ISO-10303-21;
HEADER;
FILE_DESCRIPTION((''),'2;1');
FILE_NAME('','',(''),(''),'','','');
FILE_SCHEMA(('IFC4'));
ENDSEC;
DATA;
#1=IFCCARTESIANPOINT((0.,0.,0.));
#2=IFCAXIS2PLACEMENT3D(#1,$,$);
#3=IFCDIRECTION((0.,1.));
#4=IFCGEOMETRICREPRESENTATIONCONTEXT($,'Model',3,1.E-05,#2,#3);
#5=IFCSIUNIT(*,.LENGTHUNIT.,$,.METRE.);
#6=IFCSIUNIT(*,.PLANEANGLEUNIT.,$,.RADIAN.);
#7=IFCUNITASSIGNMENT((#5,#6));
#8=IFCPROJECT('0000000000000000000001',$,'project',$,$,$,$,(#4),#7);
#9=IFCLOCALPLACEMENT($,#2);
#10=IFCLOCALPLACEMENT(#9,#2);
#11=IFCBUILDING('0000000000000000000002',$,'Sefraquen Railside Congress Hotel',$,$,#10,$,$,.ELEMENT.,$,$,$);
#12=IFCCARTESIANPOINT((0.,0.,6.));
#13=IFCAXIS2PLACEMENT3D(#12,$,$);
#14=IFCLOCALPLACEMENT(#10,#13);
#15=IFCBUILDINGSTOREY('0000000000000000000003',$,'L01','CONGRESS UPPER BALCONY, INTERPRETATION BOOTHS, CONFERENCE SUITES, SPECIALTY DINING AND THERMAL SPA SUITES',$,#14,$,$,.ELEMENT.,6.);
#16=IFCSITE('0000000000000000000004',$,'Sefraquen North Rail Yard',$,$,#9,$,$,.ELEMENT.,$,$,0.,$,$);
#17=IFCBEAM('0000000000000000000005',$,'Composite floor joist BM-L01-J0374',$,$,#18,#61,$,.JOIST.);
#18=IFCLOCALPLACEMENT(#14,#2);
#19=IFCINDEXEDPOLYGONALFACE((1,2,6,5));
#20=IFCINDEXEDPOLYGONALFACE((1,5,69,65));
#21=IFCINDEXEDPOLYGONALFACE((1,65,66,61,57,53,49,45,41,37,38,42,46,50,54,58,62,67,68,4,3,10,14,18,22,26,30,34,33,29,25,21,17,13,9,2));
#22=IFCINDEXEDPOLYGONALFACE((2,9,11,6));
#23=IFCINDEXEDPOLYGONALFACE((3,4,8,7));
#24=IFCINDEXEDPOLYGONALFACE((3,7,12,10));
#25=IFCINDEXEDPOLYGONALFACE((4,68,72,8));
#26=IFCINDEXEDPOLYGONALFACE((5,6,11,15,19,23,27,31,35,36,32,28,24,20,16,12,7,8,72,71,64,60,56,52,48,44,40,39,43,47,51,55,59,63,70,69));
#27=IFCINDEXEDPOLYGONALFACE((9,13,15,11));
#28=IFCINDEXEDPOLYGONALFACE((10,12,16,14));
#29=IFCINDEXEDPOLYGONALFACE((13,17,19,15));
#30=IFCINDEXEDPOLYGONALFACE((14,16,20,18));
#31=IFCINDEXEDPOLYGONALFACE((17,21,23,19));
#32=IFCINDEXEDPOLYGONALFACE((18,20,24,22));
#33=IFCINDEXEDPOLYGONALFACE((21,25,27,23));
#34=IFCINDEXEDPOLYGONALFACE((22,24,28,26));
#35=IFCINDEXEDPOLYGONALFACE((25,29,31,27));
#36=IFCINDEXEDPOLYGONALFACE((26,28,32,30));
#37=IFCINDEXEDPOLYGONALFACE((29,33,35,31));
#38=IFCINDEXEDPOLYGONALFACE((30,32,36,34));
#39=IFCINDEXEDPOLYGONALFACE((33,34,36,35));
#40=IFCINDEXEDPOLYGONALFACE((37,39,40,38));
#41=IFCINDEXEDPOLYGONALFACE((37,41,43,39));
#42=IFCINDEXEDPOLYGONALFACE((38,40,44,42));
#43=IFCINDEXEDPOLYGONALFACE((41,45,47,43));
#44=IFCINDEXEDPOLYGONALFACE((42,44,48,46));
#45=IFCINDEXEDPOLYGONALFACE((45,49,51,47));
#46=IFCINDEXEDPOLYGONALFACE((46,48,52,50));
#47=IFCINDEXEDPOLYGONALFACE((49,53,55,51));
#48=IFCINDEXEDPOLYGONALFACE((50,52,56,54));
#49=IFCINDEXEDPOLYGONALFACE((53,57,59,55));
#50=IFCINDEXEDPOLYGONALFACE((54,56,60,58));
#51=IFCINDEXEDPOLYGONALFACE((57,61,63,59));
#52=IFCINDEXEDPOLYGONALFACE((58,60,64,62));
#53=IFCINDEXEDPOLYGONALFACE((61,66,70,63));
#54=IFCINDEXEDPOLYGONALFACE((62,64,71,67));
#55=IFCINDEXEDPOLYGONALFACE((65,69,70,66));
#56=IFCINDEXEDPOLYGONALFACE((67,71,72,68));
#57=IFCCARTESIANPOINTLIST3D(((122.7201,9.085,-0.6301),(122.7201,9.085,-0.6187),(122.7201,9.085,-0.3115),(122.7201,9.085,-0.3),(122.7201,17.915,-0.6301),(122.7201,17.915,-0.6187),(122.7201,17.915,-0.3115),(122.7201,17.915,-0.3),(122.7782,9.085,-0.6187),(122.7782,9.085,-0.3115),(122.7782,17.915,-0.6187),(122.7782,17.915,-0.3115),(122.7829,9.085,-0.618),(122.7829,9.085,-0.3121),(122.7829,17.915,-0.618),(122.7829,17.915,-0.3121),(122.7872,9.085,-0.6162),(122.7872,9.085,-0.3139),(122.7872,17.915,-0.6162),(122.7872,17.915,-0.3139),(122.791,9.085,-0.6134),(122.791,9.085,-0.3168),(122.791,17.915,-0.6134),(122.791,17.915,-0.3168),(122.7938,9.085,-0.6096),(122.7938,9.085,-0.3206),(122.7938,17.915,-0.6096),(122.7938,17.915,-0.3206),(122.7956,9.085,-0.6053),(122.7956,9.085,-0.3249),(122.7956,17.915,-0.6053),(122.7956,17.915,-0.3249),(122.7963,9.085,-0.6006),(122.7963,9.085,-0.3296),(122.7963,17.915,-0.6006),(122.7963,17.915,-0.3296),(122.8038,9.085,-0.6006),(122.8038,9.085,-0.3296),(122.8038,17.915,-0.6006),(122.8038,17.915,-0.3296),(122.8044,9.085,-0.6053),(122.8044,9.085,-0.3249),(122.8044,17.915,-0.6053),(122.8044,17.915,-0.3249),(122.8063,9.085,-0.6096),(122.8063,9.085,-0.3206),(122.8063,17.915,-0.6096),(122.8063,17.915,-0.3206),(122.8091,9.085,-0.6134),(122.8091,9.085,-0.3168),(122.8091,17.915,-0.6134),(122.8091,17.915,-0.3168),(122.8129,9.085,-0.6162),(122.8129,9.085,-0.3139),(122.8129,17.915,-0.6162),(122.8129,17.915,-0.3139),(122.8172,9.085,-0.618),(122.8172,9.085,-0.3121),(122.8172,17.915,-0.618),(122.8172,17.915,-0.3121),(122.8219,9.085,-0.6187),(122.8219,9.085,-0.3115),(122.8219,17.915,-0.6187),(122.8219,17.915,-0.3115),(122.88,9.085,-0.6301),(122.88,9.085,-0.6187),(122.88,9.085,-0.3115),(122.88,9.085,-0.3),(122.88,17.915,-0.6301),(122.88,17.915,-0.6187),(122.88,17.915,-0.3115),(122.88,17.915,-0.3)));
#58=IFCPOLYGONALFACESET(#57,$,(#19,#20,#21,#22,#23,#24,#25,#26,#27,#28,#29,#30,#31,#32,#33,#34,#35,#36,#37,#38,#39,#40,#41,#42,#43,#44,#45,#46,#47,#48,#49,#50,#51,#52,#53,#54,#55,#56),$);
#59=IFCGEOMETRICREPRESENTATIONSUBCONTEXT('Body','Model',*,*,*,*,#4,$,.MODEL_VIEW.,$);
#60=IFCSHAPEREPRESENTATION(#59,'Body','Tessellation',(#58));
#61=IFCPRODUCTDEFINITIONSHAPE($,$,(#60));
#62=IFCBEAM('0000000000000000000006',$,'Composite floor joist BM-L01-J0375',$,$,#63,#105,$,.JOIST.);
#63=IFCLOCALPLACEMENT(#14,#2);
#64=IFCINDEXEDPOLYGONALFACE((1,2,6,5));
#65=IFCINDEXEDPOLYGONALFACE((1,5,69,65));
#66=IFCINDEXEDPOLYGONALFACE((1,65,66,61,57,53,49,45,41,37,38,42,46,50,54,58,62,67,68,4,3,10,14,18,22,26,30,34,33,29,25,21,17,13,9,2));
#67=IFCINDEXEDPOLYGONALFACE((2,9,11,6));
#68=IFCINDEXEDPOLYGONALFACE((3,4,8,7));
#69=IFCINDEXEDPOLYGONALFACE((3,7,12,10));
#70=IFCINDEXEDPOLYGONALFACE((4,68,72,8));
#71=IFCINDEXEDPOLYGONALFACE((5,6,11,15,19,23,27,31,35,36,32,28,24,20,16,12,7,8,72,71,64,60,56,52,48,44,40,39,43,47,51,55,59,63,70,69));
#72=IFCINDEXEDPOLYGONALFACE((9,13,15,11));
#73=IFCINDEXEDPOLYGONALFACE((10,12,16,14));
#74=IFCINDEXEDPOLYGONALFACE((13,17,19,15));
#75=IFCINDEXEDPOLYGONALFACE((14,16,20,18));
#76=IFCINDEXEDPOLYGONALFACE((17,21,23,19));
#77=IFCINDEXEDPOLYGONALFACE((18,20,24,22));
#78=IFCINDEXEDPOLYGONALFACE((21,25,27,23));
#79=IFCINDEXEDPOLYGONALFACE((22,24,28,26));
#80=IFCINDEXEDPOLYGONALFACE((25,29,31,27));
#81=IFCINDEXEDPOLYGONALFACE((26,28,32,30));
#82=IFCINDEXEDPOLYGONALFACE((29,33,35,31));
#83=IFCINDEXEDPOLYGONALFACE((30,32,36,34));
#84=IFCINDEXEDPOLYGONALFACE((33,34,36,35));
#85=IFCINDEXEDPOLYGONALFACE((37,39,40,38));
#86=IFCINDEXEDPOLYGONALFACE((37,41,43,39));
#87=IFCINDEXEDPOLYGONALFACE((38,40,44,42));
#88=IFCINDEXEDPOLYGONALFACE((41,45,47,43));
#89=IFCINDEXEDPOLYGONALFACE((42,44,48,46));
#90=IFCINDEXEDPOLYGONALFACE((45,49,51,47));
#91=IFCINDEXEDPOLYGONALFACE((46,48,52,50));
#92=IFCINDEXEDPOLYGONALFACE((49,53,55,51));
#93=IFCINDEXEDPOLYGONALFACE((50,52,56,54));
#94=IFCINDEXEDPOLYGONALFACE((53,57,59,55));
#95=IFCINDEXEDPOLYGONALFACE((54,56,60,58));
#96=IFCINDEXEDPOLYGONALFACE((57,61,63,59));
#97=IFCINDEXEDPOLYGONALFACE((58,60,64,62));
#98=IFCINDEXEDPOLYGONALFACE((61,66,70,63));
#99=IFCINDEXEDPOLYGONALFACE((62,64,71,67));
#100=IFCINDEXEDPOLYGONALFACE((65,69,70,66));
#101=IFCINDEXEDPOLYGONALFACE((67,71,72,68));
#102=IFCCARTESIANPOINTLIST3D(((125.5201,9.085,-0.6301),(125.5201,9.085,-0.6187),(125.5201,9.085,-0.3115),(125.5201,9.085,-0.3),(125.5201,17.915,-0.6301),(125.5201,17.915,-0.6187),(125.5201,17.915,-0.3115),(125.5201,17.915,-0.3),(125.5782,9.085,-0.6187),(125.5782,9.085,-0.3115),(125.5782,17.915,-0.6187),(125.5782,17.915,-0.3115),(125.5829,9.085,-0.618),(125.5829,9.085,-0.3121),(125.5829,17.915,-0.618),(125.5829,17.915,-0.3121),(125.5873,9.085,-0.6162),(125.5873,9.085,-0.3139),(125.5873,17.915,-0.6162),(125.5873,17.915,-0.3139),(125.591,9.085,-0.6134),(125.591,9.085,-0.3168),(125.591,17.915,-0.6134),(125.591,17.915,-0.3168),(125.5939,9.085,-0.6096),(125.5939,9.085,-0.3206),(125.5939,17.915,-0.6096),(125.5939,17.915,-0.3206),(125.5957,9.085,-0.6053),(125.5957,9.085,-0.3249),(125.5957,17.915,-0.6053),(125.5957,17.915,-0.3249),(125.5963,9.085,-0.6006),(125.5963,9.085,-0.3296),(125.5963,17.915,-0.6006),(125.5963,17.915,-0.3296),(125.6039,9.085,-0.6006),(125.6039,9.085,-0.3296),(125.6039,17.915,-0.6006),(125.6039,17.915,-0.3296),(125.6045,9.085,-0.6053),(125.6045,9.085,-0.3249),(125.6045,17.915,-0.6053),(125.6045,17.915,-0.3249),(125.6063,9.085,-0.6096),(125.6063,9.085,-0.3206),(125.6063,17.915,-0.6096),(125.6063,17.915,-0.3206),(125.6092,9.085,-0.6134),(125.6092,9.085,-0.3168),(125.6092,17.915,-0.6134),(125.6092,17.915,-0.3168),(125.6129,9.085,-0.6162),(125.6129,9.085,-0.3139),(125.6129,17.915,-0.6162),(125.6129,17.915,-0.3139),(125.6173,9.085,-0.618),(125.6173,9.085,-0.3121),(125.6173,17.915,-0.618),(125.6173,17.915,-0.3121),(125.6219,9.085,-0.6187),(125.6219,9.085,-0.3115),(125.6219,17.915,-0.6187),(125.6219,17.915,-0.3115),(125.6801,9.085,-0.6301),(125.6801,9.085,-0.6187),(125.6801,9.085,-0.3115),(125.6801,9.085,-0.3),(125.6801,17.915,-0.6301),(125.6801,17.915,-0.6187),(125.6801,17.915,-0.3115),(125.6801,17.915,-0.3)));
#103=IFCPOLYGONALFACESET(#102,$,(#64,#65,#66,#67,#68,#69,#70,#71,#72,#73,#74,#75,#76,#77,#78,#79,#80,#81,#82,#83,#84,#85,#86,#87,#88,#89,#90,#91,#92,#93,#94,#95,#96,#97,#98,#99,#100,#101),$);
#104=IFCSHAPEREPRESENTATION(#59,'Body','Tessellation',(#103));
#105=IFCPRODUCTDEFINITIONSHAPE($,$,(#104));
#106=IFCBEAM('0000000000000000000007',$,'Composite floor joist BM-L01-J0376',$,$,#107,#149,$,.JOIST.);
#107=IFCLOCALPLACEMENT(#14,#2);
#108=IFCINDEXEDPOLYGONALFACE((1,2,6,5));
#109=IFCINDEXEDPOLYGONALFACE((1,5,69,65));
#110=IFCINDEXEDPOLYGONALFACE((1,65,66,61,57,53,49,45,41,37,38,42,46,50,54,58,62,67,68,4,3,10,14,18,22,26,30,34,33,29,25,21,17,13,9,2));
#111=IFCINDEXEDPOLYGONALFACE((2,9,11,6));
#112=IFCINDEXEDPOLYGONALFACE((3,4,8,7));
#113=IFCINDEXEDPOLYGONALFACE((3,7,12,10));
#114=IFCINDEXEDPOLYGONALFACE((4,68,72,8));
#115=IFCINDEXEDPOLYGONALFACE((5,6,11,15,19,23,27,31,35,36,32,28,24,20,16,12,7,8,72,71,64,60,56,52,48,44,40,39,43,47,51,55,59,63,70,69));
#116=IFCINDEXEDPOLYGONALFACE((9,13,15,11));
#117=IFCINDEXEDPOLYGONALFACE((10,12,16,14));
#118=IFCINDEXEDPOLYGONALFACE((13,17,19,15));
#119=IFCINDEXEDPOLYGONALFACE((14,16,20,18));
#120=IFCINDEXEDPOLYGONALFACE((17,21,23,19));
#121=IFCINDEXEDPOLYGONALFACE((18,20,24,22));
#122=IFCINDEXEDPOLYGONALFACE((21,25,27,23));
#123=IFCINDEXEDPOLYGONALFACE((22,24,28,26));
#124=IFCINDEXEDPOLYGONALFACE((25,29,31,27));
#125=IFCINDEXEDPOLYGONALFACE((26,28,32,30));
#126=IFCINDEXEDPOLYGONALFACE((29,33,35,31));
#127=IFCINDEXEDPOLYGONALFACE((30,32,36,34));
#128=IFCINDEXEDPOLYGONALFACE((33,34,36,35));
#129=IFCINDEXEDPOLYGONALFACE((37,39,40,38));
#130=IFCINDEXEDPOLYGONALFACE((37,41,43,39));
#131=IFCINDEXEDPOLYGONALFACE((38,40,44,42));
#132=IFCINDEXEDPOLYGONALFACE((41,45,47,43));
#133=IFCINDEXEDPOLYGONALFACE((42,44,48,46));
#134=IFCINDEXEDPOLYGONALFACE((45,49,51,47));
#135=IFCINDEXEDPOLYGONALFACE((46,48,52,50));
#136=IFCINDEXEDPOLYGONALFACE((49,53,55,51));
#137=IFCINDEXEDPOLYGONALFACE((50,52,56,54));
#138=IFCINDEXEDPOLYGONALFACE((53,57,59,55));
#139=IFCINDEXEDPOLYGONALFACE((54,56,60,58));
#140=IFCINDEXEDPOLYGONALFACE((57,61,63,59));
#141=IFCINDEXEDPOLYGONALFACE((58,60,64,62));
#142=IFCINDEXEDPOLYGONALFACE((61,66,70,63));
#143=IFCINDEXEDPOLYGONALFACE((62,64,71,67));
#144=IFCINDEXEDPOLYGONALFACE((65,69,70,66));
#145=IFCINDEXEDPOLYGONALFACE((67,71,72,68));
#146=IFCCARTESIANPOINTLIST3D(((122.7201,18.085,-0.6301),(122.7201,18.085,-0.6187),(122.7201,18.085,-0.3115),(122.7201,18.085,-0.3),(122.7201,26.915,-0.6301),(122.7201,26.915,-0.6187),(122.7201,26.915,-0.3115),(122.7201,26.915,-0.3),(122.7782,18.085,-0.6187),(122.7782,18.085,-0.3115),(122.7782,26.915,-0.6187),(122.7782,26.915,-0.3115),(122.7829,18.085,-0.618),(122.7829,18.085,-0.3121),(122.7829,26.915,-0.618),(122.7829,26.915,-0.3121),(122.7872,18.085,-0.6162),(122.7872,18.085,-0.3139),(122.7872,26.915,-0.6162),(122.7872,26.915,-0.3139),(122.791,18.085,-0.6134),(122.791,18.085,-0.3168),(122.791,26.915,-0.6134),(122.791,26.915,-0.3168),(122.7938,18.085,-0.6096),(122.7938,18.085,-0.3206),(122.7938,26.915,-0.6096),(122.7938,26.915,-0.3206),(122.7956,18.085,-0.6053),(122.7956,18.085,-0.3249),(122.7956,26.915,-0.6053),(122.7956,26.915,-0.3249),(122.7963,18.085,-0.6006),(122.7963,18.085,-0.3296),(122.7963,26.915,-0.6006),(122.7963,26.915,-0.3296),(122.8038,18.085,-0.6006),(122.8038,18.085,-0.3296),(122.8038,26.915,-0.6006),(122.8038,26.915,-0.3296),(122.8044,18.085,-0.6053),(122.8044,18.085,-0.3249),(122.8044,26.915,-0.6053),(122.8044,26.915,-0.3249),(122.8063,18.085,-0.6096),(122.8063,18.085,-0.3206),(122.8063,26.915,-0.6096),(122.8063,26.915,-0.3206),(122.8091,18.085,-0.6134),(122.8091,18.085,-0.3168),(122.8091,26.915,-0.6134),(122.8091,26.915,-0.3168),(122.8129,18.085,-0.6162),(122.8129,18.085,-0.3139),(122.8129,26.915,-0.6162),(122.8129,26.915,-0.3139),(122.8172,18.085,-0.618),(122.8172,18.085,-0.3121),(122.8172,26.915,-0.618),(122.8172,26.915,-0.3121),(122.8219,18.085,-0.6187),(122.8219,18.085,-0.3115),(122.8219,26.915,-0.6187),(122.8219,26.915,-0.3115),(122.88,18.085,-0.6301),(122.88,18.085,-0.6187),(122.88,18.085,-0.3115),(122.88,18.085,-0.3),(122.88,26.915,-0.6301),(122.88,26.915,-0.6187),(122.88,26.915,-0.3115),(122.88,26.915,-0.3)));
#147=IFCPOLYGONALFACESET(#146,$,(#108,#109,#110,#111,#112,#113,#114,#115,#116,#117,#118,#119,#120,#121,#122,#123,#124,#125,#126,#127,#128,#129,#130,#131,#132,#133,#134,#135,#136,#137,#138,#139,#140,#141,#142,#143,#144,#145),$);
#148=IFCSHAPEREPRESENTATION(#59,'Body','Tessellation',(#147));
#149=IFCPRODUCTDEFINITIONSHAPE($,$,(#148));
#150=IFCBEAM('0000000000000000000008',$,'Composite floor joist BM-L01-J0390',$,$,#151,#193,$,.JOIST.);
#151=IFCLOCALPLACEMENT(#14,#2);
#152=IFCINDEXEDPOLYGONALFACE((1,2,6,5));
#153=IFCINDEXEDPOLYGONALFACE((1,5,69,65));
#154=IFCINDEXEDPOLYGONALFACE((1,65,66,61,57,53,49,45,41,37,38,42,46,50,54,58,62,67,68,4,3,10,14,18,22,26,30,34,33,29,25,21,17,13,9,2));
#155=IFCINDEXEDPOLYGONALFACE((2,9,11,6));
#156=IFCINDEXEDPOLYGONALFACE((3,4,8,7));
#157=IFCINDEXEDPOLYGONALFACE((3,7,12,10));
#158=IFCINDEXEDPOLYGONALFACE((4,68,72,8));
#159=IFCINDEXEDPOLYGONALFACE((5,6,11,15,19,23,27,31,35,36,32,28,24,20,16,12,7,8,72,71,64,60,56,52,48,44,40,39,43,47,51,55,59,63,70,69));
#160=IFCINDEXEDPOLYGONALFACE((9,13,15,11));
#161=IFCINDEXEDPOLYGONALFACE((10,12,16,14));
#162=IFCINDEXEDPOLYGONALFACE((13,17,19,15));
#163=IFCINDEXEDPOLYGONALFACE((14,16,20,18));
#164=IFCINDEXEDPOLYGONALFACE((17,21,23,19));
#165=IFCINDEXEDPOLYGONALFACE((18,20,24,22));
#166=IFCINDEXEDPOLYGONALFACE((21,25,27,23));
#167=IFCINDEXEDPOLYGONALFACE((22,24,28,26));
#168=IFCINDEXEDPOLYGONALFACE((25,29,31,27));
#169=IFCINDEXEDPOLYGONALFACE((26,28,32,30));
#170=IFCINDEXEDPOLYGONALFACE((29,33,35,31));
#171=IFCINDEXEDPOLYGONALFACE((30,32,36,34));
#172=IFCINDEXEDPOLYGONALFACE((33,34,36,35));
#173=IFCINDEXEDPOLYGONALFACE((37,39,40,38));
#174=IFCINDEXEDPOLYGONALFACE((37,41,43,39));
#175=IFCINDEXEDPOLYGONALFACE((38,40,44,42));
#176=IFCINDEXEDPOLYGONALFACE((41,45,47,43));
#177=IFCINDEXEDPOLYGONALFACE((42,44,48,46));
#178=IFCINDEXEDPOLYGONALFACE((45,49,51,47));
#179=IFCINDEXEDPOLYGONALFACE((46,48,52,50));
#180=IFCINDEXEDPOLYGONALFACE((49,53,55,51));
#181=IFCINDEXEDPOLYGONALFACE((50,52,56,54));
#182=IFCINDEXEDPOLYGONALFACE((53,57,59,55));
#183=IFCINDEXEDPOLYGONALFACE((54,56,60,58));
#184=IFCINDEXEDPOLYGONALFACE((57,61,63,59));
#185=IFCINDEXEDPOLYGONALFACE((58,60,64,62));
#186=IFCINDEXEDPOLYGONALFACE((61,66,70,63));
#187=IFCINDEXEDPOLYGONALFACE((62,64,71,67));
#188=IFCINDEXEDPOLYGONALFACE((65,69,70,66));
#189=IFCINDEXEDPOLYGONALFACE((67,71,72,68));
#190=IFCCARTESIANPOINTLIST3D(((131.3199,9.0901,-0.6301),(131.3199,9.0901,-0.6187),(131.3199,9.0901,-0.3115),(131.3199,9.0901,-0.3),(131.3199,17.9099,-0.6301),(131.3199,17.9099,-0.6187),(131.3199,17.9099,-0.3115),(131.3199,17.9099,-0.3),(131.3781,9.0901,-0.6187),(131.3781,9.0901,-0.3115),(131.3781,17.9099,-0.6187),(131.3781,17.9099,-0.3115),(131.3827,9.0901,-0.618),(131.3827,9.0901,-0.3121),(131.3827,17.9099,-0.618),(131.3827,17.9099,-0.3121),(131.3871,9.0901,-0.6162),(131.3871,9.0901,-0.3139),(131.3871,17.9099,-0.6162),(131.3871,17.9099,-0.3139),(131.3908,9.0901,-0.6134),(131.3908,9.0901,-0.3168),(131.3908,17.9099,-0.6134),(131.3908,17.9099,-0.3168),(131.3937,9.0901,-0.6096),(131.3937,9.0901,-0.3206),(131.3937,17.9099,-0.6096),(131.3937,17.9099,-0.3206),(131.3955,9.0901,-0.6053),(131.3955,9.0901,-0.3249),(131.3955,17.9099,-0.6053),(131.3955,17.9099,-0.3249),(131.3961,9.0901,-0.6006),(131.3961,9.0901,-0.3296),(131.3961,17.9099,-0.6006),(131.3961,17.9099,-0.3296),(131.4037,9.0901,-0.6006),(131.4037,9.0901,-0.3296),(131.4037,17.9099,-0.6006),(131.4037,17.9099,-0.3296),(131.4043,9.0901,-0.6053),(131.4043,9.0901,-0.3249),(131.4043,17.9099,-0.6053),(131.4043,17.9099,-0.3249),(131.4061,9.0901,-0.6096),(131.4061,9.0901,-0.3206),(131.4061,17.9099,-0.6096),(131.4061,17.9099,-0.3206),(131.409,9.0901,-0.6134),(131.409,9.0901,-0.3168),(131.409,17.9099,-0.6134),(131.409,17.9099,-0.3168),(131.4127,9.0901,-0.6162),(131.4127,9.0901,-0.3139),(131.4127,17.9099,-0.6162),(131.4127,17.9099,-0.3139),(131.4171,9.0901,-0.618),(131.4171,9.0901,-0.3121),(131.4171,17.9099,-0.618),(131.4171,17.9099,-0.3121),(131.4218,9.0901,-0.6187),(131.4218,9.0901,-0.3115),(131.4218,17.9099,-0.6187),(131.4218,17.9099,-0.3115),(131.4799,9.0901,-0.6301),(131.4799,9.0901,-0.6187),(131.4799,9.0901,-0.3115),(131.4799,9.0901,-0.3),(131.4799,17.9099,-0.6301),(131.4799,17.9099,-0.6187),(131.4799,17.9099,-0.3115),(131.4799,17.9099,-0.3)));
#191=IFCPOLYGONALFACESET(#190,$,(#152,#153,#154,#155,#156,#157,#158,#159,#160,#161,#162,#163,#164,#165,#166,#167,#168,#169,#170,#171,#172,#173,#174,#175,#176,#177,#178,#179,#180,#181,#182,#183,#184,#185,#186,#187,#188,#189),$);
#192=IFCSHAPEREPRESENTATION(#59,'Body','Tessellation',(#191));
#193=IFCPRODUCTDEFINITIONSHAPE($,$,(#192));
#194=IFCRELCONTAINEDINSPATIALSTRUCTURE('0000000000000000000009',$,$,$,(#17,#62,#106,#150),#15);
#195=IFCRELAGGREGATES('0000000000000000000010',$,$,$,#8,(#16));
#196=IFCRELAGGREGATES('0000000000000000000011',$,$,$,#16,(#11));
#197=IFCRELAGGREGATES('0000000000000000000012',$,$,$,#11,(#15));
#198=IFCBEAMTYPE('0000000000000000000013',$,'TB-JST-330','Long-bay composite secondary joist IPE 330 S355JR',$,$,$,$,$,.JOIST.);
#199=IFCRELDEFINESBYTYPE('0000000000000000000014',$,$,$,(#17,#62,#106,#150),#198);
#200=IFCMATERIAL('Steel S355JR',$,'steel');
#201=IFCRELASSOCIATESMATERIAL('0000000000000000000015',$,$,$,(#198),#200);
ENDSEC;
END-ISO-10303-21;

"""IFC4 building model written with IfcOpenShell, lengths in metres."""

from ifc_helpers import new_model, si_unit, direction, frame, origin, origin_2d, place, context, subcontext, project, spatial, i_section, extrude, material, material_profile, profile_set, type_object, element, save


model = new_model("IFC4")

# Units and contexts
model_context = context("Model", 3, precision=1e-05, world=origin(), true_north=direction((0.0, 1.0)))
body_context = subcontext(model_context, "Body", "Model", "MODEL_VIEW")
ifc_project = project(units=[si_unit("LENGTHUNIT", "METRE"), si_unit("PLANEANGLEUNIT", "RADIAN")], contexts=[model_context])

# Site, building, storey
site_placement = place(None, origin())
site = spatial("IfcSite", under=ifc_project, at=site_placement, Name="Sefraquen North Rail Yard", CompositionType="ELEMENT", RefElevation=0.0)
building_placement = place(site_placement, origin())
building = spatial("IfcBuilding", under=site, at=building_placement, Name="Sefraquen Railside Congress Hotel", CompositionType="ELEMENT")
storey_placement = place(building_placement, frame((0.0, 0.0, 6.0)))
storey = spatial("IfcBuildingStorey", under=building, at=storey_placement, Name="L01", Description="CONGRESS UPPER BALCONY, INTERPRETATION BOOTHS, CONFERENCE SUITES, SPECIALTY DINING AND THERMAL SPA SUITES", CompositionType="ELEMENT", Elevation=6.0)

# Shared definitions
ifc_material_1 = material(Name="Steel S355JR", Category="steel")

# Beams
ifc_material_profile_1 = material_profile(ifc_material_1, i_section(OverallWidth=0.1599, OverallDepth=0.3301, WebThickness=0.0076, FlangeThickness=0.0115, FilletRadius=0.0181, at=origin_2d()), Name="IPE 330")
ifc_profile_set_1 = profile_set([ifc_material_profile_1], Name="Steel S355JR")
beam_type_1 = type_object("IfcBeamType", Name="TB-JST-330", Description="Long-bay composite secondary joist IPE 330 S355JR", PredefinedType="JOIST", material=ifc_profile_set_1)
for number, where, z_axis, x_axis, name in (
    (1, (122.8, 9.085, -0.4651), (0.0, 1.0, 0.0), (-1.0, 0.0, 0.0), "Composite floor joist BM-L01-J0374"),
    (2, (125.6001, 9.085, -0.4651), (0.0, 1.0, 0.0), (-1.0, 0.0, 0.0), "Composite floor joist BM-L01-J0375"),
    (3, (122.8, 18.085, -0.4651), (0.0, 1.0, 0.0), (-1.0, 0.0, 0.0), "Composite floor joist BM-L01-J0376"),
):
    element("IfcBeam", number, at=place(storey_placement, frame(where, z_axis=z_axis, x_axis=x_axis)), inside=storey, type_object=beam_type_1, Name=name, PredefinedType="JOIST", context=body_context, shape_type="SweptSolid", body=[
        extrude(i_section(OverallWidth=0.1599, OverallDepth=0.3301, WebThickness=0.0076, FlangeThickness=0.0115, FilletRadius=0.0181, at=origin_2d()), origin(), (0.0, 0.0, 1.0), 8.8301),
    ])
for number, where, z_axis, x_axis, name in (
    (4, (131.3999, 9.0901, -0.4651), (0.0, 1.0, 0.0), (-1.0, 0.0, 0.0), "Composite floor joist BM-L01-J0390"),
):
    element("IfcBeam", number, at=place(storey_placement, frame(where, z_axis=z_axis, x_axis=x_axis)), inside=storey, type_object=beam_type_1, Name=name, PredefinedType="JOIST", context=body_context, shape_type="SweptSolid", body=[
        extrude(i_section(OverallWidth=0.1599, OverallDepth=0.3301, WebThickness=0.0076, FlangeThickness=0.0115, FilletRadius=0.0181, at=origin_2d()), origin(), (0.0, 0.0, 1.0), 8.8198),
    ])

save(model, "model.ifc")
